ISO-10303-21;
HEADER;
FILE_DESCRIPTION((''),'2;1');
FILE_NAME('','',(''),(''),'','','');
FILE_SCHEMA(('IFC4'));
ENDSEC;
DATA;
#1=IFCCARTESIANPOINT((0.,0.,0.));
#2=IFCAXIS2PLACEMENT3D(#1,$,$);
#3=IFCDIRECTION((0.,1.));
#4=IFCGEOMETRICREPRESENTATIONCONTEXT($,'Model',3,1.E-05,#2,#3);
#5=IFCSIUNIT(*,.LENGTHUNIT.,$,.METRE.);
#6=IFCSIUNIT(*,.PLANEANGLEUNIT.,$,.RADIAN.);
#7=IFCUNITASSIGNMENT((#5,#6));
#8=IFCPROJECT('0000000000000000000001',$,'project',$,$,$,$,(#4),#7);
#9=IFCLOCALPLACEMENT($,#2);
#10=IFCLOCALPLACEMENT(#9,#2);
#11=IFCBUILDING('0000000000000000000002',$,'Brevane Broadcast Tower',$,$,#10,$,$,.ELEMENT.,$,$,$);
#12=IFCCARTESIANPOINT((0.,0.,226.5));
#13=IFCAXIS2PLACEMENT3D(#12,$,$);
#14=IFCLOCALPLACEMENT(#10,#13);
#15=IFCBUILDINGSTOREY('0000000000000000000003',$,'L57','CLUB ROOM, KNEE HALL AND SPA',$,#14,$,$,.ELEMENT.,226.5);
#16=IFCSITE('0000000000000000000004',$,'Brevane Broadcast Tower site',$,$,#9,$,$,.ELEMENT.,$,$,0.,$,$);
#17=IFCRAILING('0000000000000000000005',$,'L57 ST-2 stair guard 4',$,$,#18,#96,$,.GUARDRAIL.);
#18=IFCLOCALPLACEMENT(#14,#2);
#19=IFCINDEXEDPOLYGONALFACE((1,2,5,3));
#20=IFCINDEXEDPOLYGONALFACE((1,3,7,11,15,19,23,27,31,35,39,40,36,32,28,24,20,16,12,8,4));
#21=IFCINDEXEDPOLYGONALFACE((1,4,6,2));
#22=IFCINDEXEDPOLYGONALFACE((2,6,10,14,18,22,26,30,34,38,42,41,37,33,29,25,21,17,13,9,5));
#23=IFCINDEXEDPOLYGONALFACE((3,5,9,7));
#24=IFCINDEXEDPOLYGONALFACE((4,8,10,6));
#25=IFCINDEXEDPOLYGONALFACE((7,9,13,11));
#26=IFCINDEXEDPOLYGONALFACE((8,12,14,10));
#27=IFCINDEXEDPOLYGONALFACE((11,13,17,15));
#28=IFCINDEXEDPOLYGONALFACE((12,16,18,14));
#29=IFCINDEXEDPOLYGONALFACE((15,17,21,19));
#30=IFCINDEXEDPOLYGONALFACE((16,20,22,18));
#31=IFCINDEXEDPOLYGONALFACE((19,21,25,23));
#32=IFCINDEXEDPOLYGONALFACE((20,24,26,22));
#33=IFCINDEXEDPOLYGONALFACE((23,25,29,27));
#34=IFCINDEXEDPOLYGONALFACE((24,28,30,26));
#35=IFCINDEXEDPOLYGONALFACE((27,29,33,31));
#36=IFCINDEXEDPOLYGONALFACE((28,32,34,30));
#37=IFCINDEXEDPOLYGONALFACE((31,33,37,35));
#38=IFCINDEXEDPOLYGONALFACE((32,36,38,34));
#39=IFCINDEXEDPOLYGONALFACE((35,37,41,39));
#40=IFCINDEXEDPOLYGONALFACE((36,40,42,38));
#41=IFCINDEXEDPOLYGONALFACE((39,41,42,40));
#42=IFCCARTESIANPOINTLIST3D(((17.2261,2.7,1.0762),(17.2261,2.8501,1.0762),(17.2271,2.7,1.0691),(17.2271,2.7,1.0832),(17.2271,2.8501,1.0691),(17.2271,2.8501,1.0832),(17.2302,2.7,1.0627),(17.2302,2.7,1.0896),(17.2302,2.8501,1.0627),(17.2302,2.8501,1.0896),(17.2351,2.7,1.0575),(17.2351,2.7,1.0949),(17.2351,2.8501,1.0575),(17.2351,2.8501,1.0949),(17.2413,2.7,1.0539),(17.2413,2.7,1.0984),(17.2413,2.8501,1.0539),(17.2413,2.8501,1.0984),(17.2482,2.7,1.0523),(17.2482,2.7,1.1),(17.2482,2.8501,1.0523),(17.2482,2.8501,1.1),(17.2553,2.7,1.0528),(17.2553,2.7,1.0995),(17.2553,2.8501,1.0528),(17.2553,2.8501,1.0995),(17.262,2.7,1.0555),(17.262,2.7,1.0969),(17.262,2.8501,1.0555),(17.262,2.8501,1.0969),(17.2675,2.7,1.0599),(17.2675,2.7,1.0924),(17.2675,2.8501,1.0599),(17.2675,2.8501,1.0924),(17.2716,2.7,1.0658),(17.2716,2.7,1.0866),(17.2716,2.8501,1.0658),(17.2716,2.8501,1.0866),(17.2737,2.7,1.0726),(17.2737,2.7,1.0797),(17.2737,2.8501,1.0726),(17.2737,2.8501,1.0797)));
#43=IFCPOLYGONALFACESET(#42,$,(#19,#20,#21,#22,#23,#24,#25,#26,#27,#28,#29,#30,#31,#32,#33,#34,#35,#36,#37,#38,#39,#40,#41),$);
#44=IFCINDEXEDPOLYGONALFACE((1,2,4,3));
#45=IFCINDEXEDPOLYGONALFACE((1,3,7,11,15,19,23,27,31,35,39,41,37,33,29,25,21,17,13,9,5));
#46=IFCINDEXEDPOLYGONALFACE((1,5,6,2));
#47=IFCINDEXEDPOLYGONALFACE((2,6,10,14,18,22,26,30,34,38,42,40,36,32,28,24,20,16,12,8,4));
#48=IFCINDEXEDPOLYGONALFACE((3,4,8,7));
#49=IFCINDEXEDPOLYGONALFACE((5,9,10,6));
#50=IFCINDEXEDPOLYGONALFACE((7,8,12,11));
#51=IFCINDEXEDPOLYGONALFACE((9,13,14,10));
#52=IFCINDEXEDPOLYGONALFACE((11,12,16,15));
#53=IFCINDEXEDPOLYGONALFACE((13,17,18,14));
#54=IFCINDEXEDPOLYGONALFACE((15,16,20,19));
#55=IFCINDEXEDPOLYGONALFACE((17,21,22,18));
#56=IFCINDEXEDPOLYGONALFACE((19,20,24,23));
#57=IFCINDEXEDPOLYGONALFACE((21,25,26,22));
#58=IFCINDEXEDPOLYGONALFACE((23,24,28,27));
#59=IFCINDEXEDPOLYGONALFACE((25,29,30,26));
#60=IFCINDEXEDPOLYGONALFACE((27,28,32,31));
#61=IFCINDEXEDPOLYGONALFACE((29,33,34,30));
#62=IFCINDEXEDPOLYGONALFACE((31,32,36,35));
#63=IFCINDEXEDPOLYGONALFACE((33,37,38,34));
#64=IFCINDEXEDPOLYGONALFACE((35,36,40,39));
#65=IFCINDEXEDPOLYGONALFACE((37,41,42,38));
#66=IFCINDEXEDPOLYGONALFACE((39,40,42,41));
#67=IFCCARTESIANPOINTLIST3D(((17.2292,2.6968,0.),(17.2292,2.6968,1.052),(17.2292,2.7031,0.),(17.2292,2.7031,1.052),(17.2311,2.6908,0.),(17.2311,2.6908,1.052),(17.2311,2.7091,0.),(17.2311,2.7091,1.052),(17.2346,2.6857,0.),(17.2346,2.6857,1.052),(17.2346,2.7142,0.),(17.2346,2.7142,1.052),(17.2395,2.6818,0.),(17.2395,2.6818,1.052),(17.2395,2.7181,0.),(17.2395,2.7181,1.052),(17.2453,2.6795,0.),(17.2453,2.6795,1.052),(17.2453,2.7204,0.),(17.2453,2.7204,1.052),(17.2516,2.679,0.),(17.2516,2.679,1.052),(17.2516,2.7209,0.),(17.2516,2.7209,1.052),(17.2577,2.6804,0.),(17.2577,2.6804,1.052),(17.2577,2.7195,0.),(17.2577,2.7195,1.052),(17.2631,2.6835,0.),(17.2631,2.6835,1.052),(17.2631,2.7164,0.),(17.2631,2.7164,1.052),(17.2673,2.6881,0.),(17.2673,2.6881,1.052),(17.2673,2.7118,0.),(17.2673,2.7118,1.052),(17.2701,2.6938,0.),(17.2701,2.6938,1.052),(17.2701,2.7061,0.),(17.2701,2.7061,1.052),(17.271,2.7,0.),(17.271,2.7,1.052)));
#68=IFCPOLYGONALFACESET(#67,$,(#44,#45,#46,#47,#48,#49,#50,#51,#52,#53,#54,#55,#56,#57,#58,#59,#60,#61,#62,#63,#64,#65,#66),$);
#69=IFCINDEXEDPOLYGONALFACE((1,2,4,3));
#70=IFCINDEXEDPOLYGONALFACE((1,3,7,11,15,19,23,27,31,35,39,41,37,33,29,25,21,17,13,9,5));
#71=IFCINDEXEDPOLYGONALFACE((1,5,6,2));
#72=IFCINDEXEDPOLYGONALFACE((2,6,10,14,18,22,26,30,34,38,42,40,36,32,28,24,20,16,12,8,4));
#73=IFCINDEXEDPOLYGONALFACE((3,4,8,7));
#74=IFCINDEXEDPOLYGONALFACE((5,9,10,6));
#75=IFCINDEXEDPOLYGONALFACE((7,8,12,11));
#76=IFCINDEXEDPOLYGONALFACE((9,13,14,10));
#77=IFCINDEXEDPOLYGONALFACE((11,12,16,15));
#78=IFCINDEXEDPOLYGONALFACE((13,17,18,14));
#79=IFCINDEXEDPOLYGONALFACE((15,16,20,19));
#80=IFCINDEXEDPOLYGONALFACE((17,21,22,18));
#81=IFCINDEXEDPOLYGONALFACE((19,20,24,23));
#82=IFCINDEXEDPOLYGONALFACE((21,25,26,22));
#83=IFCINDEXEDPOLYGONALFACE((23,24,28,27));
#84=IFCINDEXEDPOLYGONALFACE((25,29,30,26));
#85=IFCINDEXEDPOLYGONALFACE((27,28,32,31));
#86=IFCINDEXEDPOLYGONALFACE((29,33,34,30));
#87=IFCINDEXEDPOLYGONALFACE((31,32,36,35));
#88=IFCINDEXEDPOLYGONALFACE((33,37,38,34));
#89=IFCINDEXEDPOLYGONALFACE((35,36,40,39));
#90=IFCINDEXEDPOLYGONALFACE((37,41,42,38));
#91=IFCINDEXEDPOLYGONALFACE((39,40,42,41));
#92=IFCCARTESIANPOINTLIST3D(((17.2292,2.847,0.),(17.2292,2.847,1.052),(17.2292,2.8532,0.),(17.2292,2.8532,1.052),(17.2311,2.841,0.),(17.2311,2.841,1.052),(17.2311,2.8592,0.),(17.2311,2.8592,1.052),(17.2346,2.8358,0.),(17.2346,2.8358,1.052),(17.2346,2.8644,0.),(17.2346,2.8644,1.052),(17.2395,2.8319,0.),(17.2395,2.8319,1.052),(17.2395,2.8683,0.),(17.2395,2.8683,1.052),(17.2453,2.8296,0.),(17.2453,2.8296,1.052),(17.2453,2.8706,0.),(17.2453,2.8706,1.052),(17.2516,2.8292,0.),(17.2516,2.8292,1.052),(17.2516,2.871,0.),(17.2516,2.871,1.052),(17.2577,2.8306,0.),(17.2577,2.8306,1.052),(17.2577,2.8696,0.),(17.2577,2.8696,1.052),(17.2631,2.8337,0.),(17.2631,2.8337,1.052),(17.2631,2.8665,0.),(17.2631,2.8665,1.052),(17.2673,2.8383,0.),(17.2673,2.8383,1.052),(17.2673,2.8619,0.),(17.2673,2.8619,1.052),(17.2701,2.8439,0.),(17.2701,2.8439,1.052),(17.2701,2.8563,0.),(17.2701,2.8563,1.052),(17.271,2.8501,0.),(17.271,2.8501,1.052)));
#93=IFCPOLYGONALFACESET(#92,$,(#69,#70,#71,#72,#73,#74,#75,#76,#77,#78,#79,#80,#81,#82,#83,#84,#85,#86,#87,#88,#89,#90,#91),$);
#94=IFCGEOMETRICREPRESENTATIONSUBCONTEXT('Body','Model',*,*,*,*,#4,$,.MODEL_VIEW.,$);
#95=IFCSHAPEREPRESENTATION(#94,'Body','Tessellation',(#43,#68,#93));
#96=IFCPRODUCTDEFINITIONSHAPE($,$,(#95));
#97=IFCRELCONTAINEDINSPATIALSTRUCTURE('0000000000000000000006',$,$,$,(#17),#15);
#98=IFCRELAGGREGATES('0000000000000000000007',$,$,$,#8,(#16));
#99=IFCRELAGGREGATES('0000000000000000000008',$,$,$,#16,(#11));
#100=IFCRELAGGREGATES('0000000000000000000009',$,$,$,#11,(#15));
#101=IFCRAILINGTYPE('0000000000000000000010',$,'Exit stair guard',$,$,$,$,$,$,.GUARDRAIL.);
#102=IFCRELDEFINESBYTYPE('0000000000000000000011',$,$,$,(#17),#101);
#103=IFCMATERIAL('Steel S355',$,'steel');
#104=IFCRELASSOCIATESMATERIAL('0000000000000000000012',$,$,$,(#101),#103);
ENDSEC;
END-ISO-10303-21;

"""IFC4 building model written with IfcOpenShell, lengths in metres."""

from ifc_helpers import new_model, si_unit, direction, frame, origin, origin_2d, place, context, subcontext, project, spatial, circle, extrude, material, type_object, element, save


model = new_model("IFC4")

# Units and contexts
model_context = context("Model", 3, precision=1e-05, world=origin(), true_north=direction((0.0, 1.0)))
body_context = subcontext(model_context, "Body", "Model", "MODEL_VIEW")
ifc_project = project(units=[si_unit("LENGTHUNIT", "METRE"), si_unit("PLANEANGLEUNIT", "RADIAN")], contexts=[model_context])

# Site, building, storey
site_placement = place(None, origin())
site = spatial("IfcSite", under=ifc_project, at=site_placement, Name="Brevane Broadcast Tower site", CompositionType="ELEMENT", RefElevation=0.0)
building_placement = place(site_placement, origin())
building = spatial("IfcBuilding", under=site, at=building_placement, Name="Brevane Broadcast Tower", CompositionType="ELEMENT")
storey_placement = place(building_placement, frame((0.0, 0.0, 226.5)))
storey = spatial("IfcBuildingStorey", under=building, at=storey_placement, Name="L57", Description="CLUB ROOM, KNEE HALL AND SPA", CompositionType="ELEMENT", Elevation=226.5)

# Railing
ifc_material_1 = material(Name="Steel S355", Category="steel")
railing_type_1 = type_object("IfcRailingType", Name="Exit stair guard", PredefinedType="GUARDRAIL", material=ifc_material_1)
railing_1_placement = place(storey_placement, frame((17.25, 2.7, 0.0)))
element("IfcRailing", 1, at=railing_1_placement, inside=storey, type_object=railing_type_1, Name="L57 ST-2 stair guard 4", PredefinedType="GUARDRAIL", context=body_context, shape_type="SweptSolid", body=[
    extrude(circle(Radius=0.0239, at=origin_2d()), frame((0.0, 0.0, 1.0762), z_axis=(0.0, 1.0, 0.0), x_axis=(-1.0, 0.0, 0.0)), (0.0, 0.0, 1.0), 0.1501),
    extrude(circle(Radius=0.021, at=origin_2d()), origin(), (0.0, 0.0, 1.0), 1.052),
    extrude(circle(Radius=0.021, at=origin_2d()), frame((0.0, 0.1501, 0.0)), (0.0, 0.0, 1.0), 1.052),
])

save(model, "model.ifc")
